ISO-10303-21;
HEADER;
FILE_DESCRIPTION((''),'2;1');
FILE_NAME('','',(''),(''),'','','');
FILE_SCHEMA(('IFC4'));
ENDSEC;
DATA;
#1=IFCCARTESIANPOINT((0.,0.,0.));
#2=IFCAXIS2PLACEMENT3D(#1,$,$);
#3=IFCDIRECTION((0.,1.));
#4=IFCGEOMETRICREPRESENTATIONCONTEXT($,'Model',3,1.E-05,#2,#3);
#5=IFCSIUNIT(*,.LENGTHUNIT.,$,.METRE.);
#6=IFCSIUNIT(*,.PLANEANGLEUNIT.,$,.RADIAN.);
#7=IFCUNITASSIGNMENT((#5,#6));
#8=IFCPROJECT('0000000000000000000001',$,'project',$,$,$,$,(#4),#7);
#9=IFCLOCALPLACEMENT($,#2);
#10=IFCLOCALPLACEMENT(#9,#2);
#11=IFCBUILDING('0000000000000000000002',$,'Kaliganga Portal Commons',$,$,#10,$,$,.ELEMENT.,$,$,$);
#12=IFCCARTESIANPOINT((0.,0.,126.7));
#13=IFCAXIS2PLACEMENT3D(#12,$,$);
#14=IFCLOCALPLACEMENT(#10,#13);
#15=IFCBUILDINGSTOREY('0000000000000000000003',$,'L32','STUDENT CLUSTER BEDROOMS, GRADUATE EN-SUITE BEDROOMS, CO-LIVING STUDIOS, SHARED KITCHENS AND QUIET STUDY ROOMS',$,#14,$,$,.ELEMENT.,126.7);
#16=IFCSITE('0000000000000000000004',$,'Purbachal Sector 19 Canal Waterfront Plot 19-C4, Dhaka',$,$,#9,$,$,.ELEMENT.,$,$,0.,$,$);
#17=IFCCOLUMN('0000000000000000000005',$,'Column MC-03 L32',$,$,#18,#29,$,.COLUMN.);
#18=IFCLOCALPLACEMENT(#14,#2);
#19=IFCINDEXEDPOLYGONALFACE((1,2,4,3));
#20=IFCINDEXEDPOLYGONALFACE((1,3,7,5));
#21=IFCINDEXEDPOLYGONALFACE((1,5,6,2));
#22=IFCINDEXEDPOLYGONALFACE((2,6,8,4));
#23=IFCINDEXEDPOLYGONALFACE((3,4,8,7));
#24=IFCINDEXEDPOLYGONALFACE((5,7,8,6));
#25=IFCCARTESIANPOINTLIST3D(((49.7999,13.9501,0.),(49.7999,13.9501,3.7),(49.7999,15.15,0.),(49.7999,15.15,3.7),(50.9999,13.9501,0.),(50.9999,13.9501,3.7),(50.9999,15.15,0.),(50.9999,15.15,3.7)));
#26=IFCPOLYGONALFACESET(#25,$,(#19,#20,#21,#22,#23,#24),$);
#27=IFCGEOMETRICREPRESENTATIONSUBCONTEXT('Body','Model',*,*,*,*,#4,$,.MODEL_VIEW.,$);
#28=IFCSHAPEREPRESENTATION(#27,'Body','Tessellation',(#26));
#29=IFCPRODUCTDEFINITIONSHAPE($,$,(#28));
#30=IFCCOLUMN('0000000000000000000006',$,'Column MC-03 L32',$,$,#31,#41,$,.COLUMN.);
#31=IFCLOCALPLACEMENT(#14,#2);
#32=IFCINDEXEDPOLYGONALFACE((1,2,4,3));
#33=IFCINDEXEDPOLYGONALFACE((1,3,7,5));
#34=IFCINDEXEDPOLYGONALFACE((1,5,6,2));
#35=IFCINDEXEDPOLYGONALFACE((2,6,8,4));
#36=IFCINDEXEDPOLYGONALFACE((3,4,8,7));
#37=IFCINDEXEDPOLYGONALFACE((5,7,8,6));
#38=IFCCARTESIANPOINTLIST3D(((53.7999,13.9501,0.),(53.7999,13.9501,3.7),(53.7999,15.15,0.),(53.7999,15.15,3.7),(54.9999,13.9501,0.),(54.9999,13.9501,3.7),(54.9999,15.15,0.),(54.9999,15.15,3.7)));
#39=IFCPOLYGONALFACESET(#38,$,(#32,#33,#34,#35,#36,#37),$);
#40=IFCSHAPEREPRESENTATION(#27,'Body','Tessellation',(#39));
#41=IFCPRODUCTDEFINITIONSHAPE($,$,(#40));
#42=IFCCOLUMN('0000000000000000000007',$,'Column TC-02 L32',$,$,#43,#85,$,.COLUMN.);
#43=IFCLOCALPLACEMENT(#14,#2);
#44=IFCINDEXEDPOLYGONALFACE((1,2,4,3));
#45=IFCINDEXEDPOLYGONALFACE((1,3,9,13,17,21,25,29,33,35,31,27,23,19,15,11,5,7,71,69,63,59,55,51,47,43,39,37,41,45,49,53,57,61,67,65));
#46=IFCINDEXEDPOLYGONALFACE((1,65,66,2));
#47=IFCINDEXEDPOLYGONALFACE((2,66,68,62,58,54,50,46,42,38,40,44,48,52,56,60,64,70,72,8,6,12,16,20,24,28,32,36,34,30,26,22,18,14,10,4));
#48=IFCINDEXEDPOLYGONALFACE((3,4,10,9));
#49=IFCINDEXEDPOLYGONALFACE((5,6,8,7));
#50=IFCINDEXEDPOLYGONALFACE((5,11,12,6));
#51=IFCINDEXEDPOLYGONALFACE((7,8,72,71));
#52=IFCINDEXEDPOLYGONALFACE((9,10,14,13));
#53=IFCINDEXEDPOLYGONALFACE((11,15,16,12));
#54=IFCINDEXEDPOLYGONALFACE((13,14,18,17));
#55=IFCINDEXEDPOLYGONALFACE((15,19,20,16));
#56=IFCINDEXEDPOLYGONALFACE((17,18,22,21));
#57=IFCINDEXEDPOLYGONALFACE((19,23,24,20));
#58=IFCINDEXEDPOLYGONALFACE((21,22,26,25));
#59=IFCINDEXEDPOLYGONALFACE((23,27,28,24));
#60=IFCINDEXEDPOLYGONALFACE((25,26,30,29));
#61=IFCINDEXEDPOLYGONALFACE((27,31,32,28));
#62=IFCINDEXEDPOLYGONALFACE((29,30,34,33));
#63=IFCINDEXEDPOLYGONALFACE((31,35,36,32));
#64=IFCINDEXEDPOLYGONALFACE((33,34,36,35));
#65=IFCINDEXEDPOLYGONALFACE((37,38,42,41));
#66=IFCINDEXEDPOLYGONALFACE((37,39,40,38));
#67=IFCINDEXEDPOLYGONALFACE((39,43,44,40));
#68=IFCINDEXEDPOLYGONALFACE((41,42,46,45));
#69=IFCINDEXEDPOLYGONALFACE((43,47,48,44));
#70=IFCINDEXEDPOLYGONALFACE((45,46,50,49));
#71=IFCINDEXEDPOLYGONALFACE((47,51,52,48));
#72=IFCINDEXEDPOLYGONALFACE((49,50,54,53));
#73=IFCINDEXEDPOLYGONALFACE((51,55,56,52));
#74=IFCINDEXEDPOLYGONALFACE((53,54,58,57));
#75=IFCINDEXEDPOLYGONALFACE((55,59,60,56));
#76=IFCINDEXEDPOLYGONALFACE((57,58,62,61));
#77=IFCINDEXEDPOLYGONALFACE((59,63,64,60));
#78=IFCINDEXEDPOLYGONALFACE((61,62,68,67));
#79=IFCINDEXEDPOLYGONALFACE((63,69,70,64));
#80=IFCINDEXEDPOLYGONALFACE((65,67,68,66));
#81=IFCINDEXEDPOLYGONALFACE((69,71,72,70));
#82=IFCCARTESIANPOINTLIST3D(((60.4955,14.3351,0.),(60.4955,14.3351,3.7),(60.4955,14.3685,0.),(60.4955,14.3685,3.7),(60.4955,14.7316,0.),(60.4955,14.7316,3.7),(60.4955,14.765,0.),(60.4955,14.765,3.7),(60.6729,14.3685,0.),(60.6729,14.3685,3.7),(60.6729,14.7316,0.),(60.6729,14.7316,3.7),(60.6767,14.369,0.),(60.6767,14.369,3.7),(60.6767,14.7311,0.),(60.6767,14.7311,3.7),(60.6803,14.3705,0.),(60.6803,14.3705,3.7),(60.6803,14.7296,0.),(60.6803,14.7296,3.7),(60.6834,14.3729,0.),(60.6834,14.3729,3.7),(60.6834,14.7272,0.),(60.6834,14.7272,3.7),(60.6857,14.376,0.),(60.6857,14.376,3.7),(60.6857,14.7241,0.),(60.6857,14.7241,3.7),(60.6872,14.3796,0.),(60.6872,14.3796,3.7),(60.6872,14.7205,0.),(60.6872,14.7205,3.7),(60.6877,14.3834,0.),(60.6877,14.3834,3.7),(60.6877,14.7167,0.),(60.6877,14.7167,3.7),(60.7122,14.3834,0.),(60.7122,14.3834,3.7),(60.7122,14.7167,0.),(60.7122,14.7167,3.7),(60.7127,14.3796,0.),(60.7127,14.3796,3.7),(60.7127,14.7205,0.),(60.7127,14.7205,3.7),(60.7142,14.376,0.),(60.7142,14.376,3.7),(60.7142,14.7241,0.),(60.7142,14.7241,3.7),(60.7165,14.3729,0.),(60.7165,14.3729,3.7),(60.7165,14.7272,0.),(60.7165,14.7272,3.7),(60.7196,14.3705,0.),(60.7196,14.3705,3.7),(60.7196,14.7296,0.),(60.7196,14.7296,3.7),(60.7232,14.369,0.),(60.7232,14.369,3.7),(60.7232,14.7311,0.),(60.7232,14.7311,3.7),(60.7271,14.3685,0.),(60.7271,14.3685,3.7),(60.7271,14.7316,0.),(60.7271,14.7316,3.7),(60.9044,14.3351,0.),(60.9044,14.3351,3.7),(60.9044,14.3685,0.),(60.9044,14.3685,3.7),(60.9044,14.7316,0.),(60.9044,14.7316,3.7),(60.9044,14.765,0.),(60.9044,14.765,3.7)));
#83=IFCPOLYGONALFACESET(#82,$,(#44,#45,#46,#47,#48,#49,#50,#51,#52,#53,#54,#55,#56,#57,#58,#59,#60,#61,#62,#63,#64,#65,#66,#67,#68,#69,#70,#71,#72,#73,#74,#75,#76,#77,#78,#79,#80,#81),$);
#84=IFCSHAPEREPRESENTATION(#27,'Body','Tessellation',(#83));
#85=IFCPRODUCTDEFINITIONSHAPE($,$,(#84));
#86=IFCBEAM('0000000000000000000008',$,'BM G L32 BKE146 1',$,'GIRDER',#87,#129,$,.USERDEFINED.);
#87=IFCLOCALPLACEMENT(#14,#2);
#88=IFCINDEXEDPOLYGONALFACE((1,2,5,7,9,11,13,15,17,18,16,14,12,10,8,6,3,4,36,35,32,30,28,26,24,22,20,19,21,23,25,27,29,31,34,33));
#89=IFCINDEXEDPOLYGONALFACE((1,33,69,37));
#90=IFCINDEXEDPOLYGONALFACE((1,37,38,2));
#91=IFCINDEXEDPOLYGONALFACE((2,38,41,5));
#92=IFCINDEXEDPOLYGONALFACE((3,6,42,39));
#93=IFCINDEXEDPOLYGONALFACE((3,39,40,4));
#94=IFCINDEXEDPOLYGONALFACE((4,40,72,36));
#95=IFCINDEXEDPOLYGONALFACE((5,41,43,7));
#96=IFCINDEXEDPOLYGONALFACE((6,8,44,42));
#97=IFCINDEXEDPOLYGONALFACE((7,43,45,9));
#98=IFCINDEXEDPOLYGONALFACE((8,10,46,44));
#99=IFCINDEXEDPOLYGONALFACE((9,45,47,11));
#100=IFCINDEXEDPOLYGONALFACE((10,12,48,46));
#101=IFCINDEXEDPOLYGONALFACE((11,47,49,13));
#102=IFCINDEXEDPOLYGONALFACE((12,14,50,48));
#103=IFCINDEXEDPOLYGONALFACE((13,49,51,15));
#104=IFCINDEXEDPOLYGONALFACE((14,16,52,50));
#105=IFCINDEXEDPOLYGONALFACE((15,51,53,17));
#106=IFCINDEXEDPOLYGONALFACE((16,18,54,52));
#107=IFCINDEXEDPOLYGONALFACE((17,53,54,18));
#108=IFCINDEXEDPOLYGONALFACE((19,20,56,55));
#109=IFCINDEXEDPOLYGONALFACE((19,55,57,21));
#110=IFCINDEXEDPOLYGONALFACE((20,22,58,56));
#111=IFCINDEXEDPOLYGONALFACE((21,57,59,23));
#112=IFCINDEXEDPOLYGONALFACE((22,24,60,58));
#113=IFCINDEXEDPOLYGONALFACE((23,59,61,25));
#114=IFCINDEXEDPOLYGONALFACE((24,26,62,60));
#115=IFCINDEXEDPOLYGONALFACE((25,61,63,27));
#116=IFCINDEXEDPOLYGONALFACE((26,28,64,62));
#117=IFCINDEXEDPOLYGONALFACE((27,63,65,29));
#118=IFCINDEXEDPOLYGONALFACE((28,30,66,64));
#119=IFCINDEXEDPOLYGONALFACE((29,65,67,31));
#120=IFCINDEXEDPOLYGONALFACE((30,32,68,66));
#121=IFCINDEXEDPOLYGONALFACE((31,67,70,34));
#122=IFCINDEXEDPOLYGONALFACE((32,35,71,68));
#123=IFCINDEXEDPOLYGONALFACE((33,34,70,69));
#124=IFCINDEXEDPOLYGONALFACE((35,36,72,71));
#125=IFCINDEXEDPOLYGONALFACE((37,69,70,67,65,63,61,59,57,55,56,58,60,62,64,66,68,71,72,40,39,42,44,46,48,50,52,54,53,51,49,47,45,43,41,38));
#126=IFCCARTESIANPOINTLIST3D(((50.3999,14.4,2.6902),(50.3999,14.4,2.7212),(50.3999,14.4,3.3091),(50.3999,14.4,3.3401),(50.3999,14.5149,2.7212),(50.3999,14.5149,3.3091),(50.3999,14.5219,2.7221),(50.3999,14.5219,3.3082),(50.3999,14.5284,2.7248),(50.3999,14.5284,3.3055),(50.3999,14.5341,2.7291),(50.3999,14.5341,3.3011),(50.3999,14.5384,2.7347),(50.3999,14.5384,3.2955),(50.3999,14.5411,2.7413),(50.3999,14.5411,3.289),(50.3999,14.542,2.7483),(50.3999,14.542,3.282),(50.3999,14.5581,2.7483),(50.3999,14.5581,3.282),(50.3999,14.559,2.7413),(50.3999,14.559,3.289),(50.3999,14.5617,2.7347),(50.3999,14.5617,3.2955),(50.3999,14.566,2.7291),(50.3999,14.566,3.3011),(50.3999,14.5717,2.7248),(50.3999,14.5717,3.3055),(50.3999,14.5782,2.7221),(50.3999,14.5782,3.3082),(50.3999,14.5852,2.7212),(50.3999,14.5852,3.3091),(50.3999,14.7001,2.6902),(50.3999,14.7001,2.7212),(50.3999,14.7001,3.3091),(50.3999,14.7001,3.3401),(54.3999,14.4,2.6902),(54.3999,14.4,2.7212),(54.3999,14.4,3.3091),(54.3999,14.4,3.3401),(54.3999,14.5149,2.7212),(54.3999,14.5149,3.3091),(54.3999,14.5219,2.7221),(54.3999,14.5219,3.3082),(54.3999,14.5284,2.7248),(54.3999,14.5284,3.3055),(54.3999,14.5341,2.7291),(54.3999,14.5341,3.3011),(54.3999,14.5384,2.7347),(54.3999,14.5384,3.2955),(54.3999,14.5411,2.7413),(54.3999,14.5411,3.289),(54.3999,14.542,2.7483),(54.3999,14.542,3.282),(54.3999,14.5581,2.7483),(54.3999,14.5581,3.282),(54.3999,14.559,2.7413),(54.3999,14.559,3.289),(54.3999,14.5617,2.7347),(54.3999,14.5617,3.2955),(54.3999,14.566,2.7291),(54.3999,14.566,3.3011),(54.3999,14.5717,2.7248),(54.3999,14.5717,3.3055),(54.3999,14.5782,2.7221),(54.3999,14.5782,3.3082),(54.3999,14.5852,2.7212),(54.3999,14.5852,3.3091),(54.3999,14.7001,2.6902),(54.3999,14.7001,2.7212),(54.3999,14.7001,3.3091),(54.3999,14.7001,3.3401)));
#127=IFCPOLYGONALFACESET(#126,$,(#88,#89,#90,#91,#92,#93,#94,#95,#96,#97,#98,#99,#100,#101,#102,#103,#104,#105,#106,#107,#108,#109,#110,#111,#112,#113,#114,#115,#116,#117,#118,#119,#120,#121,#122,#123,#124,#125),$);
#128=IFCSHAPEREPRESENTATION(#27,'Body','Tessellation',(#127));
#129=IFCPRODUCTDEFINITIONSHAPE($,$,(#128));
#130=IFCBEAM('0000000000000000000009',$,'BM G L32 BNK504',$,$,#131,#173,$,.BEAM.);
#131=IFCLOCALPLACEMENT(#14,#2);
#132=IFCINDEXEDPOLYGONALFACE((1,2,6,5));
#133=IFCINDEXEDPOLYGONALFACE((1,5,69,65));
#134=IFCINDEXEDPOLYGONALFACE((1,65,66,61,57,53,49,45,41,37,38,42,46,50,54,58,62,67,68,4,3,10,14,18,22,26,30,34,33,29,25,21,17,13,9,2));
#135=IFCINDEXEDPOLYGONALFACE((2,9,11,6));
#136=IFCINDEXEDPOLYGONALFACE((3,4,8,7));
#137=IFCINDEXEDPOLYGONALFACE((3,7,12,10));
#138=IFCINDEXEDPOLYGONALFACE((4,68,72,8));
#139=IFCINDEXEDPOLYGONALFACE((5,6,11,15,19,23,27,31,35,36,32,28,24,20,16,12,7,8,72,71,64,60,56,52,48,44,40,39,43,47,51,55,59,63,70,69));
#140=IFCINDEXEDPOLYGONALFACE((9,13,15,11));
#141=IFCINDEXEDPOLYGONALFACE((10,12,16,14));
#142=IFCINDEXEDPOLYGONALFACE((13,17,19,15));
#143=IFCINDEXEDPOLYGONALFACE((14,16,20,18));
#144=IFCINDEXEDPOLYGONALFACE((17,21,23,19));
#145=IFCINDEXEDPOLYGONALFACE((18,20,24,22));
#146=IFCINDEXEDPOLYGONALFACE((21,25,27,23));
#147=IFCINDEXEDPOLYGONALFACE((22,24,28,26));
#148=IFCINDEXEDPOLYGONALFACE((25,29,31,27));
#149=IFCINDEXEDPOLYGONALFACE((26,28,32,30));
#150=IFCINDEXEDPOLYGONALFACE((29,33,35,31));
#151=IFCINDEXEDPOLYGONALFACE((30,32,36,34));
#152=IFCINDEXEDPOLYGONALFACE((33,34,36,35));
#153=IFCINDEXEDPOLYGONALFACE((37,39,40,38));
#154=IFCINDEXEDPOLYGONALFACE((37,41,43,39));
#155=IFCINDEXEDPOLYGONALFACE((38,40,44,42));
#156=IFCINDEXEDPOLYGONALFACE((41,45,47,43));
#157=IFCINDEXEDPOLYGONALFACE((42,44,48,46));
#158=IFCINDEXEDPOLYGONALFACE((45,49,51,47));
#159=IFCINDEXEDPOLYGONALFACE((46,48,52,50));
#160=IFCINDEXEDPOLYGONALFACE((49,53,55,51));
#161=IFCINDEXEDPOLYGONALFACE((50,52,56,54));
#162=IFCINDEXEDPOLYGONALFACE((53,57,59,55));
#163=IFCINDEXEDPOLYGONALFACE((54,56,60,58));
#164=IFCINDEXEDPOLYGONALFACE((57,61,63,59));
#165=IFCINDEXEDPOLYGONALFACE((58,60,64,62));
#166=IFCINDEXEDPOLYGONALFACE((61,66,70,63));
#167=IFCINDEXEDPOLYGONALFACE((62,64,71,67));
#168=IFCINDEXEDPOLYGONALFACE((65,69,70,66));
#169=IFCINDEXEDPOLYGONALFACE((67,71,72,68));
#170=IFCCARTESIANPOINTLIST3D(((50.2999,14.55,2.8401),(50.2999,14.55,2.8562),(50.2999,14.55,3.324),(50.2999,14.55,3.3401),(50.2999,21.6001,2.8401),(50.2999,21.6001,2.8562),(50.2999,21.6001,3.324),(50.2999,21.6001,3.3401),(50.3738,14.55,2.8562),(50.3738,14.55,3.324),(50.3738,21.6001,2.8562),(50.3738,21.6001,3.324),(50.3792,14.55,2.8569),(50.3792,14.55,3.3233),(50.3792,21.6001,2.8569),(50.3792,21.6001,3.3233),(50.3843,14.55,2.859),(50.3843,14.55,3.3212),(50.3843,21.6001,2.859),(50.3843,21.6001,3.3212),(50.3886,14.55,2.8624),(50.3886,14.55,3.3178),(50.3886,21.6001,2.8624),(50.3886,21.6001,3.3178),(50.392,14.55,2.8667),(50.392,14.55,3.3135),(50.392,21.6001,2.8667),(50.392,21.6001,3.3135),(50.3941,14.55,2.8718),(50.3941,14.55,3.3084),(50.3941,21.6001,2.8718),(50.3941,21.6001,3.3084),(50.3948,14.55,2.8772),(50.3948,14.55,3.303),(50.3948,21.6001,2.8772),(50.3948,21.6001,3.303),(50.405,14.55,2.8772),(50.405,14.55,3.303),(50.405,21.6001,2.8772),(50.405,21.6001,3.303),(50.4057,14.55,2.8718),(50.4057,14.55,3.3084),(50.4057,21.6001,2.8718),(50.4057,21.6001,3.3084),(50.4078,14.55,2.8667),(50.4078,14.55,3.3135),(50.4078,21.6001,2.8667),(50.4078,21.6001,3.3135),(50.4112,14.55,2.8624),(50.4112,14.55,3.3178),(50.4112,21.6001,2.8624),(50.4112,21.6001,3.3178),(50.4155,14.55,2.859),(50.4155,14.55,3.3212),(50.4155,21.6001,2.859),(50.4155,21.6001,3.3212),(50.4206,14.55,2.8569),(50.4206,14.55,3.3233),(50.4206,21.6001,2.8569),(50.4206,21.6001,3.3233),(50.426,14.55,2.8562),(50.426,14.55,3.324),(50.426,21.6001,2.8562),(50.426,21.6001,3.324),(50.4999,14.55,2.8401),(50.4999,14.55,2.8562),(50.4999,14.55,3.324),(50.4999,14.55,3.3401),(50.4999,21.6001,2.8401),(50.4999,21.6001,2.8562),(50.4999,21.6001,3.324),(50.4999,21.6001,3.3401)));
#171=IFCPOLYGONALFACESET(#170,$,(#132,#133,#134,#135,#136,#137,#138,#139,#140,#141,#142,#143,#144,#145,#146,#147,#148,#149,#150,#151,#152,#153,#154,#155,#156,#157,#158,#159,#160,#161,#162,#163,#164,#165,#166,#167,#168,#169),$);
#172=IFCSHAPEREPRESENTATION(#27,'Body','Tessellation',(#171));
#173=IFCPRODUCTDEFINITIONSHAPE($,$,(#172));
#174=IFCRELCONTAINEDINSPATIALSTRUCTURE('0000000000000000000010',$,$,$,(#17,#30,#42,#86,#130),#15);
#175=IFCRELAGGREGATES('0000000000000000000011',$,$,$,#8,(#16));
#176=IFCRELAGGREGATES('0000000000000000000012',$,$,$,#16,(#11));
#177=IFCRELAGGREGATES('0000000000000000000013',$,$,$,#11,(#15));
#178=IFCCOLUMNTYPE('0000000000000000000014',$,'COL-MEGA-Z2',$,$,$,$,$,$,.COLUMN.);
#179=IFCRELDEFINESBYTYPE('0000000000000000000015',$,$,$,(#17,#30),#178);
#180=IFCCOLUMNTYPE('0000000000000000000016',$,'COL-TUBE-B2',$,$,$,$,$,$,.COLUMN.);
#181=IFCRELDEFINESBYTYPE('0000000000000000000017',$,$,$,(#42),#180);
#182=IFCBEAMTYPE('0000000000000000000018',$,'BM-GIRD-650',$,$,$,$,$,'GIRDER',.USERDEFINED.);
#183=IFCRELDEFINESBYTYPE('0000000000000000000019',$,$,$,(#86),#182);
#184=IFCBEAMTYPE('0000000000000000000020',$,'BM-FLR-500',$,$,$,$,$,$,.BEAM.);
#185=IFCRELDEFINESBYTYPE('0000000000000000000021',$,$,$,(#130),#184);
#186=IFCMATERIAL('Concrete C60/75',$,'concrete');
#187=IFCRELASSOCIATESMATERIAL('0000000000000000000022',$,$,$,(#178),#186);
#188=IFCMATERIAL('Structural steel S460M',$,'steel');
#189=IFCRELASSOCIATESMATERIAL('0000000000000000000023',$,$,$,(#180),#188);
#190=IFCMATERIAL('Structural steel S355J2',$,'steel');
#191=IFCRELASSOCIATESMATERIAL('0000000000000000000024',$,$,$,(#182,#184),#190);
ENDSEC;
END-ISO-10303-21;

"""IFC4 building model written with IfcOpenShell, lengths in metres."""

from ifc_helpers import new_model, si_unit, direction, frame, origin, origin_2d, place, context, subcontext, project, spatial, rectangle, i_section, extrude, source, transform, mapped, material, material_profile, profile_set, type_object, element, save


model = new_model("IFC4")

# Units and contexts
model_context = context("Model", 3, precision=1e-05, world=origin(), true_north=direction((0.0, 1.0)))
body_context = subcontext(model_context, "Body", "Model", "MODEL_VIEW")
ifc_project = project(units=[si_unit("LENGTHUNIT", "METRE"), si_unit("PLANEANGLEUNIT", "RADIAN")], contexts=[model_context])

# Site, building, storey
site_placement = place(None, origin())
site = spatial("IfcSite", under=ifc_project, at=site_placement, Name="Purbachal Sector 19 Canal Waterfront Plot 19-C4, Dhaka", CompositionType="ELEMENT", RefElevation=0.0)
building_placement = place(site_placement, origin())
building = spatial("IfcBuilding", under=site, at=building_placement, Name="Kaliganga Portal Commons", CompositionType="ELEMENT")
storey_placement = place(building_placement, frame((0.0, 0.0, 126.7)))
storey = spatial("IfcBuildingStorey", under=building, at=storey_placement, Name="L32", Description="STUDENT CLUSTER BEDROOMS, GRADUATE EN-SUITE BEDROOMS, CO-LIVING STUDIOS, SHARED KITCHENS AND QUIET STUDY ROOMS", CompositionType="ELEMENT", Elevation=126.7)

# Columns
ifc_material_1 = material(Name="Concrete C60/75", Category="concrete")
ifc_material_profile_1 = material_profile(ifc_material_1, rectangle(XDim=1.2, YDim=1.2, at=origin_2d()), Name="RC 1200x1200")
ifc_profile_set_1 = profile_set([ifc_material_profile_1], Name="Concrete C60/75")
column_type_1 = type_object("IfcColumnType", Name="COL-MEGA-Z2", PredefinedType="COLUMN", material=ifc_profile_set_1)
shared_shape_1 = source(origin(), body_context, "Body", "SweptSolid", [
    extrude(rectangle(XDim=1.2, YDim=1.2, at=origin_2d()), origin(), (0.0, 0.0, 1.0), 3.7),
])
for number, where, z_axis, x_axis, name in (
    (1, (50.3999, 14.55, 0.0), (0.0, 0.0, 1.0), (1.0, 0.0, 0.0), "Column MC-03 L32"),
    (2, (54.3999, 14.55, 0.0), (0.0, 0.0, 1.0), (1.0, 0.0, 0.0), "Column MC-03 L32"),
):
    element("IfcColumn", number, at=place(storey_placement, frame(where, z_axis=z_axis, x_axis=x_axis)), inside=storey, type_object=column_type_1, Name=name, PredefinedType="COLUMN", context=body_context, shape_type="MappedRepresentation", body=[
        mapped(shared_shape_1, transform((0.0, 0.0, 0.0), x_axis=(1.0, 0.0, 0.0), y_axis=(0.0, 1.0, 0.0), z_axis=(0.0, 0.0, 1.0), scale=1.0)),
    ])
ifc_material_2 = material(Name="Structural steel S460M", Category="steel")
ifc_material_profile_2 = material_profile(ifc_material_2, i_section(OverallWidth=0.4089, OverallDepth=0.4299, WebThickness=0.0244, FlangeThickness=0.0334, FilletRadius=0.0149, at=origin_2d()), Name="HD 400x421")
ifc_profile_set_2 = profile_set([ifc_material_profile_2], Name="Structural steel S460M wide-flange")
column_type_2 = type_object("IfcColumnType", Name="COL-TUBE-B2", PredefinedType="COLUMN", material=ifc_profile_set_2)
shared_shape_2 = source(origin(), body_context, "Body", "SweptSolid", [
    extrude(i_section(OverallWidth=0.4089, OverallDepth=0.4299, WebThickness=0.0244, FlangeThickness=0.0334, FilletRadius=0.0149, at=origin_2d()), origin(), (0.0, 0.0, 1.0), 3.7),
])
column_placement = place(storey_placement, frame((60.7, 14.55, 0.0), z_axis=(0.0, 0.0, 1.0), x_axis=(1.0, 0.0, 0.0)))
element("IfcColumn", 3, at=column_placement, inside=storey, type_object=column_type_2, Name="Column TC-02 L32", PredefinedType="COLUMN", context=body_context, shape_type="MappedRepresentation", body=[
    mapped(shared_shape_2, transform((0.0, 0.0, 0.0), x_axis=(1.0, 0.0, 0.0), y_axis=(0.0, 1.0, 0.0), z_axis=(0.0, 0.0, 1.0), scale=1.0)),
])

# Beams
ifc_material_3 = material(Name="Structural steel S355J2", Category="steel")
ifc_material_profile_3 = material_profile(ifc_material_3, i_section(OverallWidth=0.3, OverallDepth=0.6499, WebThickness=0.0161, FlangeThickness=0.031, FilletRadius=0.0271, at=origin_2d()), Name="HE 650 B")
ifc_profile_set_3 = profile_set([ifc_material_profile_3], Name="Structural steel S355J2 wide-flange")
beam_type_1 = type_object("IfcBeamType", Name="BM-GIRD-650", ElementType="GIRDER", PredefinedType="USERDEFINED", material=ifc_profile_set_3)
shared_shape_3 = source(origin(), body_context, "Body", "SweptSolid", [
    extrude(i_section(OverallWidth=0.3, OverallDepth=0.6499, WebThickness=0.0161, FlangeThickness=0.031, FilletRadius=0.0271, at=origin_2d()), origin(), (0.0, 0.0, 1.0), 4.0),
])
beam_1_placement = place(storey_placement, frame((50.3999, 14.55, 3.0151), z_axis=(1.0, 0.0, 0.0), x_axis=(0.0, 1.0, 0.0)))
element("IfcBeam", 4, at=beam_1_placement, inside=storey, type_object=beam_type_1, Name="BM G L32 BKE146 1", ObjectType="GIRDER", PredefinedType="USERDEFINED", context=body_context, shape_type="MappedRepresentation", body=[
    mapped(shared_shape_3, transform((0.0, 0.0, 0.0), x_axis=(1.0, 0.0, 0.0), y_axis=(0.0, 1.0, 0.0), z_axis=(0.0, 0.0, 1.0), scale=1.0)),
])
ifc_material_profile_4 = material_profile(ifc_material_3, i_section(OverallWidth=0.2, OverallDepth=0.5, WebThickness=0.0103, FlangeThickness=0.0161, FilletRadius=0.021, at=origin_2d()), Name="IPE 500")
ifc_profile_set_4 = profile_set([ifc_material_profile_4], Name="Structural steel S355J2 wide-flange")
beam_type_2 = type_object("IfcBeamType", Name="BM-FLR-500", PredefinedType="BEAM", material=ifc_profile_set_4)
shared_shape_4 = source(origin(), body_context, "Body", "SweptSolid", [
    extrude(i_section(OverallWidth=0.2, OverallDepth=0.5, WebThickness=0.0103, FlangeThickness=0.0161, FilletRadius=0.021, at=origin_2d()), origin(), (0.0, 0.0, 1.0), 7.05),
])
for number, where, z_axis, x_axis, name in (
    (5, (50.3999, 14.55, 3.0901), (0.0, 1.0, 0.0), (-1.0, 0.0, 0.0), "BM G L32 BNK504"),
):
    element("IfcBeam", number, at=place(storey_placement, frame(where, z_axis=z_axis, x_axis=x_axis)), inside=storey, type_object=beam_type_2, Name=name, PredefinedType="BEAM", context=body_context, shape_type="MappedRepresentation", body=[
        mapped(shared_shape_4, transform((0.0, 0.0, 0.0), x_axis=(1.0, 0.0, 0.0), y_axis=(0.0, 1.0, 0.0), z_axis=(0.0, 0.0, 1.0), scale=1.0)),
    ])

save(model, "model.ifc")
